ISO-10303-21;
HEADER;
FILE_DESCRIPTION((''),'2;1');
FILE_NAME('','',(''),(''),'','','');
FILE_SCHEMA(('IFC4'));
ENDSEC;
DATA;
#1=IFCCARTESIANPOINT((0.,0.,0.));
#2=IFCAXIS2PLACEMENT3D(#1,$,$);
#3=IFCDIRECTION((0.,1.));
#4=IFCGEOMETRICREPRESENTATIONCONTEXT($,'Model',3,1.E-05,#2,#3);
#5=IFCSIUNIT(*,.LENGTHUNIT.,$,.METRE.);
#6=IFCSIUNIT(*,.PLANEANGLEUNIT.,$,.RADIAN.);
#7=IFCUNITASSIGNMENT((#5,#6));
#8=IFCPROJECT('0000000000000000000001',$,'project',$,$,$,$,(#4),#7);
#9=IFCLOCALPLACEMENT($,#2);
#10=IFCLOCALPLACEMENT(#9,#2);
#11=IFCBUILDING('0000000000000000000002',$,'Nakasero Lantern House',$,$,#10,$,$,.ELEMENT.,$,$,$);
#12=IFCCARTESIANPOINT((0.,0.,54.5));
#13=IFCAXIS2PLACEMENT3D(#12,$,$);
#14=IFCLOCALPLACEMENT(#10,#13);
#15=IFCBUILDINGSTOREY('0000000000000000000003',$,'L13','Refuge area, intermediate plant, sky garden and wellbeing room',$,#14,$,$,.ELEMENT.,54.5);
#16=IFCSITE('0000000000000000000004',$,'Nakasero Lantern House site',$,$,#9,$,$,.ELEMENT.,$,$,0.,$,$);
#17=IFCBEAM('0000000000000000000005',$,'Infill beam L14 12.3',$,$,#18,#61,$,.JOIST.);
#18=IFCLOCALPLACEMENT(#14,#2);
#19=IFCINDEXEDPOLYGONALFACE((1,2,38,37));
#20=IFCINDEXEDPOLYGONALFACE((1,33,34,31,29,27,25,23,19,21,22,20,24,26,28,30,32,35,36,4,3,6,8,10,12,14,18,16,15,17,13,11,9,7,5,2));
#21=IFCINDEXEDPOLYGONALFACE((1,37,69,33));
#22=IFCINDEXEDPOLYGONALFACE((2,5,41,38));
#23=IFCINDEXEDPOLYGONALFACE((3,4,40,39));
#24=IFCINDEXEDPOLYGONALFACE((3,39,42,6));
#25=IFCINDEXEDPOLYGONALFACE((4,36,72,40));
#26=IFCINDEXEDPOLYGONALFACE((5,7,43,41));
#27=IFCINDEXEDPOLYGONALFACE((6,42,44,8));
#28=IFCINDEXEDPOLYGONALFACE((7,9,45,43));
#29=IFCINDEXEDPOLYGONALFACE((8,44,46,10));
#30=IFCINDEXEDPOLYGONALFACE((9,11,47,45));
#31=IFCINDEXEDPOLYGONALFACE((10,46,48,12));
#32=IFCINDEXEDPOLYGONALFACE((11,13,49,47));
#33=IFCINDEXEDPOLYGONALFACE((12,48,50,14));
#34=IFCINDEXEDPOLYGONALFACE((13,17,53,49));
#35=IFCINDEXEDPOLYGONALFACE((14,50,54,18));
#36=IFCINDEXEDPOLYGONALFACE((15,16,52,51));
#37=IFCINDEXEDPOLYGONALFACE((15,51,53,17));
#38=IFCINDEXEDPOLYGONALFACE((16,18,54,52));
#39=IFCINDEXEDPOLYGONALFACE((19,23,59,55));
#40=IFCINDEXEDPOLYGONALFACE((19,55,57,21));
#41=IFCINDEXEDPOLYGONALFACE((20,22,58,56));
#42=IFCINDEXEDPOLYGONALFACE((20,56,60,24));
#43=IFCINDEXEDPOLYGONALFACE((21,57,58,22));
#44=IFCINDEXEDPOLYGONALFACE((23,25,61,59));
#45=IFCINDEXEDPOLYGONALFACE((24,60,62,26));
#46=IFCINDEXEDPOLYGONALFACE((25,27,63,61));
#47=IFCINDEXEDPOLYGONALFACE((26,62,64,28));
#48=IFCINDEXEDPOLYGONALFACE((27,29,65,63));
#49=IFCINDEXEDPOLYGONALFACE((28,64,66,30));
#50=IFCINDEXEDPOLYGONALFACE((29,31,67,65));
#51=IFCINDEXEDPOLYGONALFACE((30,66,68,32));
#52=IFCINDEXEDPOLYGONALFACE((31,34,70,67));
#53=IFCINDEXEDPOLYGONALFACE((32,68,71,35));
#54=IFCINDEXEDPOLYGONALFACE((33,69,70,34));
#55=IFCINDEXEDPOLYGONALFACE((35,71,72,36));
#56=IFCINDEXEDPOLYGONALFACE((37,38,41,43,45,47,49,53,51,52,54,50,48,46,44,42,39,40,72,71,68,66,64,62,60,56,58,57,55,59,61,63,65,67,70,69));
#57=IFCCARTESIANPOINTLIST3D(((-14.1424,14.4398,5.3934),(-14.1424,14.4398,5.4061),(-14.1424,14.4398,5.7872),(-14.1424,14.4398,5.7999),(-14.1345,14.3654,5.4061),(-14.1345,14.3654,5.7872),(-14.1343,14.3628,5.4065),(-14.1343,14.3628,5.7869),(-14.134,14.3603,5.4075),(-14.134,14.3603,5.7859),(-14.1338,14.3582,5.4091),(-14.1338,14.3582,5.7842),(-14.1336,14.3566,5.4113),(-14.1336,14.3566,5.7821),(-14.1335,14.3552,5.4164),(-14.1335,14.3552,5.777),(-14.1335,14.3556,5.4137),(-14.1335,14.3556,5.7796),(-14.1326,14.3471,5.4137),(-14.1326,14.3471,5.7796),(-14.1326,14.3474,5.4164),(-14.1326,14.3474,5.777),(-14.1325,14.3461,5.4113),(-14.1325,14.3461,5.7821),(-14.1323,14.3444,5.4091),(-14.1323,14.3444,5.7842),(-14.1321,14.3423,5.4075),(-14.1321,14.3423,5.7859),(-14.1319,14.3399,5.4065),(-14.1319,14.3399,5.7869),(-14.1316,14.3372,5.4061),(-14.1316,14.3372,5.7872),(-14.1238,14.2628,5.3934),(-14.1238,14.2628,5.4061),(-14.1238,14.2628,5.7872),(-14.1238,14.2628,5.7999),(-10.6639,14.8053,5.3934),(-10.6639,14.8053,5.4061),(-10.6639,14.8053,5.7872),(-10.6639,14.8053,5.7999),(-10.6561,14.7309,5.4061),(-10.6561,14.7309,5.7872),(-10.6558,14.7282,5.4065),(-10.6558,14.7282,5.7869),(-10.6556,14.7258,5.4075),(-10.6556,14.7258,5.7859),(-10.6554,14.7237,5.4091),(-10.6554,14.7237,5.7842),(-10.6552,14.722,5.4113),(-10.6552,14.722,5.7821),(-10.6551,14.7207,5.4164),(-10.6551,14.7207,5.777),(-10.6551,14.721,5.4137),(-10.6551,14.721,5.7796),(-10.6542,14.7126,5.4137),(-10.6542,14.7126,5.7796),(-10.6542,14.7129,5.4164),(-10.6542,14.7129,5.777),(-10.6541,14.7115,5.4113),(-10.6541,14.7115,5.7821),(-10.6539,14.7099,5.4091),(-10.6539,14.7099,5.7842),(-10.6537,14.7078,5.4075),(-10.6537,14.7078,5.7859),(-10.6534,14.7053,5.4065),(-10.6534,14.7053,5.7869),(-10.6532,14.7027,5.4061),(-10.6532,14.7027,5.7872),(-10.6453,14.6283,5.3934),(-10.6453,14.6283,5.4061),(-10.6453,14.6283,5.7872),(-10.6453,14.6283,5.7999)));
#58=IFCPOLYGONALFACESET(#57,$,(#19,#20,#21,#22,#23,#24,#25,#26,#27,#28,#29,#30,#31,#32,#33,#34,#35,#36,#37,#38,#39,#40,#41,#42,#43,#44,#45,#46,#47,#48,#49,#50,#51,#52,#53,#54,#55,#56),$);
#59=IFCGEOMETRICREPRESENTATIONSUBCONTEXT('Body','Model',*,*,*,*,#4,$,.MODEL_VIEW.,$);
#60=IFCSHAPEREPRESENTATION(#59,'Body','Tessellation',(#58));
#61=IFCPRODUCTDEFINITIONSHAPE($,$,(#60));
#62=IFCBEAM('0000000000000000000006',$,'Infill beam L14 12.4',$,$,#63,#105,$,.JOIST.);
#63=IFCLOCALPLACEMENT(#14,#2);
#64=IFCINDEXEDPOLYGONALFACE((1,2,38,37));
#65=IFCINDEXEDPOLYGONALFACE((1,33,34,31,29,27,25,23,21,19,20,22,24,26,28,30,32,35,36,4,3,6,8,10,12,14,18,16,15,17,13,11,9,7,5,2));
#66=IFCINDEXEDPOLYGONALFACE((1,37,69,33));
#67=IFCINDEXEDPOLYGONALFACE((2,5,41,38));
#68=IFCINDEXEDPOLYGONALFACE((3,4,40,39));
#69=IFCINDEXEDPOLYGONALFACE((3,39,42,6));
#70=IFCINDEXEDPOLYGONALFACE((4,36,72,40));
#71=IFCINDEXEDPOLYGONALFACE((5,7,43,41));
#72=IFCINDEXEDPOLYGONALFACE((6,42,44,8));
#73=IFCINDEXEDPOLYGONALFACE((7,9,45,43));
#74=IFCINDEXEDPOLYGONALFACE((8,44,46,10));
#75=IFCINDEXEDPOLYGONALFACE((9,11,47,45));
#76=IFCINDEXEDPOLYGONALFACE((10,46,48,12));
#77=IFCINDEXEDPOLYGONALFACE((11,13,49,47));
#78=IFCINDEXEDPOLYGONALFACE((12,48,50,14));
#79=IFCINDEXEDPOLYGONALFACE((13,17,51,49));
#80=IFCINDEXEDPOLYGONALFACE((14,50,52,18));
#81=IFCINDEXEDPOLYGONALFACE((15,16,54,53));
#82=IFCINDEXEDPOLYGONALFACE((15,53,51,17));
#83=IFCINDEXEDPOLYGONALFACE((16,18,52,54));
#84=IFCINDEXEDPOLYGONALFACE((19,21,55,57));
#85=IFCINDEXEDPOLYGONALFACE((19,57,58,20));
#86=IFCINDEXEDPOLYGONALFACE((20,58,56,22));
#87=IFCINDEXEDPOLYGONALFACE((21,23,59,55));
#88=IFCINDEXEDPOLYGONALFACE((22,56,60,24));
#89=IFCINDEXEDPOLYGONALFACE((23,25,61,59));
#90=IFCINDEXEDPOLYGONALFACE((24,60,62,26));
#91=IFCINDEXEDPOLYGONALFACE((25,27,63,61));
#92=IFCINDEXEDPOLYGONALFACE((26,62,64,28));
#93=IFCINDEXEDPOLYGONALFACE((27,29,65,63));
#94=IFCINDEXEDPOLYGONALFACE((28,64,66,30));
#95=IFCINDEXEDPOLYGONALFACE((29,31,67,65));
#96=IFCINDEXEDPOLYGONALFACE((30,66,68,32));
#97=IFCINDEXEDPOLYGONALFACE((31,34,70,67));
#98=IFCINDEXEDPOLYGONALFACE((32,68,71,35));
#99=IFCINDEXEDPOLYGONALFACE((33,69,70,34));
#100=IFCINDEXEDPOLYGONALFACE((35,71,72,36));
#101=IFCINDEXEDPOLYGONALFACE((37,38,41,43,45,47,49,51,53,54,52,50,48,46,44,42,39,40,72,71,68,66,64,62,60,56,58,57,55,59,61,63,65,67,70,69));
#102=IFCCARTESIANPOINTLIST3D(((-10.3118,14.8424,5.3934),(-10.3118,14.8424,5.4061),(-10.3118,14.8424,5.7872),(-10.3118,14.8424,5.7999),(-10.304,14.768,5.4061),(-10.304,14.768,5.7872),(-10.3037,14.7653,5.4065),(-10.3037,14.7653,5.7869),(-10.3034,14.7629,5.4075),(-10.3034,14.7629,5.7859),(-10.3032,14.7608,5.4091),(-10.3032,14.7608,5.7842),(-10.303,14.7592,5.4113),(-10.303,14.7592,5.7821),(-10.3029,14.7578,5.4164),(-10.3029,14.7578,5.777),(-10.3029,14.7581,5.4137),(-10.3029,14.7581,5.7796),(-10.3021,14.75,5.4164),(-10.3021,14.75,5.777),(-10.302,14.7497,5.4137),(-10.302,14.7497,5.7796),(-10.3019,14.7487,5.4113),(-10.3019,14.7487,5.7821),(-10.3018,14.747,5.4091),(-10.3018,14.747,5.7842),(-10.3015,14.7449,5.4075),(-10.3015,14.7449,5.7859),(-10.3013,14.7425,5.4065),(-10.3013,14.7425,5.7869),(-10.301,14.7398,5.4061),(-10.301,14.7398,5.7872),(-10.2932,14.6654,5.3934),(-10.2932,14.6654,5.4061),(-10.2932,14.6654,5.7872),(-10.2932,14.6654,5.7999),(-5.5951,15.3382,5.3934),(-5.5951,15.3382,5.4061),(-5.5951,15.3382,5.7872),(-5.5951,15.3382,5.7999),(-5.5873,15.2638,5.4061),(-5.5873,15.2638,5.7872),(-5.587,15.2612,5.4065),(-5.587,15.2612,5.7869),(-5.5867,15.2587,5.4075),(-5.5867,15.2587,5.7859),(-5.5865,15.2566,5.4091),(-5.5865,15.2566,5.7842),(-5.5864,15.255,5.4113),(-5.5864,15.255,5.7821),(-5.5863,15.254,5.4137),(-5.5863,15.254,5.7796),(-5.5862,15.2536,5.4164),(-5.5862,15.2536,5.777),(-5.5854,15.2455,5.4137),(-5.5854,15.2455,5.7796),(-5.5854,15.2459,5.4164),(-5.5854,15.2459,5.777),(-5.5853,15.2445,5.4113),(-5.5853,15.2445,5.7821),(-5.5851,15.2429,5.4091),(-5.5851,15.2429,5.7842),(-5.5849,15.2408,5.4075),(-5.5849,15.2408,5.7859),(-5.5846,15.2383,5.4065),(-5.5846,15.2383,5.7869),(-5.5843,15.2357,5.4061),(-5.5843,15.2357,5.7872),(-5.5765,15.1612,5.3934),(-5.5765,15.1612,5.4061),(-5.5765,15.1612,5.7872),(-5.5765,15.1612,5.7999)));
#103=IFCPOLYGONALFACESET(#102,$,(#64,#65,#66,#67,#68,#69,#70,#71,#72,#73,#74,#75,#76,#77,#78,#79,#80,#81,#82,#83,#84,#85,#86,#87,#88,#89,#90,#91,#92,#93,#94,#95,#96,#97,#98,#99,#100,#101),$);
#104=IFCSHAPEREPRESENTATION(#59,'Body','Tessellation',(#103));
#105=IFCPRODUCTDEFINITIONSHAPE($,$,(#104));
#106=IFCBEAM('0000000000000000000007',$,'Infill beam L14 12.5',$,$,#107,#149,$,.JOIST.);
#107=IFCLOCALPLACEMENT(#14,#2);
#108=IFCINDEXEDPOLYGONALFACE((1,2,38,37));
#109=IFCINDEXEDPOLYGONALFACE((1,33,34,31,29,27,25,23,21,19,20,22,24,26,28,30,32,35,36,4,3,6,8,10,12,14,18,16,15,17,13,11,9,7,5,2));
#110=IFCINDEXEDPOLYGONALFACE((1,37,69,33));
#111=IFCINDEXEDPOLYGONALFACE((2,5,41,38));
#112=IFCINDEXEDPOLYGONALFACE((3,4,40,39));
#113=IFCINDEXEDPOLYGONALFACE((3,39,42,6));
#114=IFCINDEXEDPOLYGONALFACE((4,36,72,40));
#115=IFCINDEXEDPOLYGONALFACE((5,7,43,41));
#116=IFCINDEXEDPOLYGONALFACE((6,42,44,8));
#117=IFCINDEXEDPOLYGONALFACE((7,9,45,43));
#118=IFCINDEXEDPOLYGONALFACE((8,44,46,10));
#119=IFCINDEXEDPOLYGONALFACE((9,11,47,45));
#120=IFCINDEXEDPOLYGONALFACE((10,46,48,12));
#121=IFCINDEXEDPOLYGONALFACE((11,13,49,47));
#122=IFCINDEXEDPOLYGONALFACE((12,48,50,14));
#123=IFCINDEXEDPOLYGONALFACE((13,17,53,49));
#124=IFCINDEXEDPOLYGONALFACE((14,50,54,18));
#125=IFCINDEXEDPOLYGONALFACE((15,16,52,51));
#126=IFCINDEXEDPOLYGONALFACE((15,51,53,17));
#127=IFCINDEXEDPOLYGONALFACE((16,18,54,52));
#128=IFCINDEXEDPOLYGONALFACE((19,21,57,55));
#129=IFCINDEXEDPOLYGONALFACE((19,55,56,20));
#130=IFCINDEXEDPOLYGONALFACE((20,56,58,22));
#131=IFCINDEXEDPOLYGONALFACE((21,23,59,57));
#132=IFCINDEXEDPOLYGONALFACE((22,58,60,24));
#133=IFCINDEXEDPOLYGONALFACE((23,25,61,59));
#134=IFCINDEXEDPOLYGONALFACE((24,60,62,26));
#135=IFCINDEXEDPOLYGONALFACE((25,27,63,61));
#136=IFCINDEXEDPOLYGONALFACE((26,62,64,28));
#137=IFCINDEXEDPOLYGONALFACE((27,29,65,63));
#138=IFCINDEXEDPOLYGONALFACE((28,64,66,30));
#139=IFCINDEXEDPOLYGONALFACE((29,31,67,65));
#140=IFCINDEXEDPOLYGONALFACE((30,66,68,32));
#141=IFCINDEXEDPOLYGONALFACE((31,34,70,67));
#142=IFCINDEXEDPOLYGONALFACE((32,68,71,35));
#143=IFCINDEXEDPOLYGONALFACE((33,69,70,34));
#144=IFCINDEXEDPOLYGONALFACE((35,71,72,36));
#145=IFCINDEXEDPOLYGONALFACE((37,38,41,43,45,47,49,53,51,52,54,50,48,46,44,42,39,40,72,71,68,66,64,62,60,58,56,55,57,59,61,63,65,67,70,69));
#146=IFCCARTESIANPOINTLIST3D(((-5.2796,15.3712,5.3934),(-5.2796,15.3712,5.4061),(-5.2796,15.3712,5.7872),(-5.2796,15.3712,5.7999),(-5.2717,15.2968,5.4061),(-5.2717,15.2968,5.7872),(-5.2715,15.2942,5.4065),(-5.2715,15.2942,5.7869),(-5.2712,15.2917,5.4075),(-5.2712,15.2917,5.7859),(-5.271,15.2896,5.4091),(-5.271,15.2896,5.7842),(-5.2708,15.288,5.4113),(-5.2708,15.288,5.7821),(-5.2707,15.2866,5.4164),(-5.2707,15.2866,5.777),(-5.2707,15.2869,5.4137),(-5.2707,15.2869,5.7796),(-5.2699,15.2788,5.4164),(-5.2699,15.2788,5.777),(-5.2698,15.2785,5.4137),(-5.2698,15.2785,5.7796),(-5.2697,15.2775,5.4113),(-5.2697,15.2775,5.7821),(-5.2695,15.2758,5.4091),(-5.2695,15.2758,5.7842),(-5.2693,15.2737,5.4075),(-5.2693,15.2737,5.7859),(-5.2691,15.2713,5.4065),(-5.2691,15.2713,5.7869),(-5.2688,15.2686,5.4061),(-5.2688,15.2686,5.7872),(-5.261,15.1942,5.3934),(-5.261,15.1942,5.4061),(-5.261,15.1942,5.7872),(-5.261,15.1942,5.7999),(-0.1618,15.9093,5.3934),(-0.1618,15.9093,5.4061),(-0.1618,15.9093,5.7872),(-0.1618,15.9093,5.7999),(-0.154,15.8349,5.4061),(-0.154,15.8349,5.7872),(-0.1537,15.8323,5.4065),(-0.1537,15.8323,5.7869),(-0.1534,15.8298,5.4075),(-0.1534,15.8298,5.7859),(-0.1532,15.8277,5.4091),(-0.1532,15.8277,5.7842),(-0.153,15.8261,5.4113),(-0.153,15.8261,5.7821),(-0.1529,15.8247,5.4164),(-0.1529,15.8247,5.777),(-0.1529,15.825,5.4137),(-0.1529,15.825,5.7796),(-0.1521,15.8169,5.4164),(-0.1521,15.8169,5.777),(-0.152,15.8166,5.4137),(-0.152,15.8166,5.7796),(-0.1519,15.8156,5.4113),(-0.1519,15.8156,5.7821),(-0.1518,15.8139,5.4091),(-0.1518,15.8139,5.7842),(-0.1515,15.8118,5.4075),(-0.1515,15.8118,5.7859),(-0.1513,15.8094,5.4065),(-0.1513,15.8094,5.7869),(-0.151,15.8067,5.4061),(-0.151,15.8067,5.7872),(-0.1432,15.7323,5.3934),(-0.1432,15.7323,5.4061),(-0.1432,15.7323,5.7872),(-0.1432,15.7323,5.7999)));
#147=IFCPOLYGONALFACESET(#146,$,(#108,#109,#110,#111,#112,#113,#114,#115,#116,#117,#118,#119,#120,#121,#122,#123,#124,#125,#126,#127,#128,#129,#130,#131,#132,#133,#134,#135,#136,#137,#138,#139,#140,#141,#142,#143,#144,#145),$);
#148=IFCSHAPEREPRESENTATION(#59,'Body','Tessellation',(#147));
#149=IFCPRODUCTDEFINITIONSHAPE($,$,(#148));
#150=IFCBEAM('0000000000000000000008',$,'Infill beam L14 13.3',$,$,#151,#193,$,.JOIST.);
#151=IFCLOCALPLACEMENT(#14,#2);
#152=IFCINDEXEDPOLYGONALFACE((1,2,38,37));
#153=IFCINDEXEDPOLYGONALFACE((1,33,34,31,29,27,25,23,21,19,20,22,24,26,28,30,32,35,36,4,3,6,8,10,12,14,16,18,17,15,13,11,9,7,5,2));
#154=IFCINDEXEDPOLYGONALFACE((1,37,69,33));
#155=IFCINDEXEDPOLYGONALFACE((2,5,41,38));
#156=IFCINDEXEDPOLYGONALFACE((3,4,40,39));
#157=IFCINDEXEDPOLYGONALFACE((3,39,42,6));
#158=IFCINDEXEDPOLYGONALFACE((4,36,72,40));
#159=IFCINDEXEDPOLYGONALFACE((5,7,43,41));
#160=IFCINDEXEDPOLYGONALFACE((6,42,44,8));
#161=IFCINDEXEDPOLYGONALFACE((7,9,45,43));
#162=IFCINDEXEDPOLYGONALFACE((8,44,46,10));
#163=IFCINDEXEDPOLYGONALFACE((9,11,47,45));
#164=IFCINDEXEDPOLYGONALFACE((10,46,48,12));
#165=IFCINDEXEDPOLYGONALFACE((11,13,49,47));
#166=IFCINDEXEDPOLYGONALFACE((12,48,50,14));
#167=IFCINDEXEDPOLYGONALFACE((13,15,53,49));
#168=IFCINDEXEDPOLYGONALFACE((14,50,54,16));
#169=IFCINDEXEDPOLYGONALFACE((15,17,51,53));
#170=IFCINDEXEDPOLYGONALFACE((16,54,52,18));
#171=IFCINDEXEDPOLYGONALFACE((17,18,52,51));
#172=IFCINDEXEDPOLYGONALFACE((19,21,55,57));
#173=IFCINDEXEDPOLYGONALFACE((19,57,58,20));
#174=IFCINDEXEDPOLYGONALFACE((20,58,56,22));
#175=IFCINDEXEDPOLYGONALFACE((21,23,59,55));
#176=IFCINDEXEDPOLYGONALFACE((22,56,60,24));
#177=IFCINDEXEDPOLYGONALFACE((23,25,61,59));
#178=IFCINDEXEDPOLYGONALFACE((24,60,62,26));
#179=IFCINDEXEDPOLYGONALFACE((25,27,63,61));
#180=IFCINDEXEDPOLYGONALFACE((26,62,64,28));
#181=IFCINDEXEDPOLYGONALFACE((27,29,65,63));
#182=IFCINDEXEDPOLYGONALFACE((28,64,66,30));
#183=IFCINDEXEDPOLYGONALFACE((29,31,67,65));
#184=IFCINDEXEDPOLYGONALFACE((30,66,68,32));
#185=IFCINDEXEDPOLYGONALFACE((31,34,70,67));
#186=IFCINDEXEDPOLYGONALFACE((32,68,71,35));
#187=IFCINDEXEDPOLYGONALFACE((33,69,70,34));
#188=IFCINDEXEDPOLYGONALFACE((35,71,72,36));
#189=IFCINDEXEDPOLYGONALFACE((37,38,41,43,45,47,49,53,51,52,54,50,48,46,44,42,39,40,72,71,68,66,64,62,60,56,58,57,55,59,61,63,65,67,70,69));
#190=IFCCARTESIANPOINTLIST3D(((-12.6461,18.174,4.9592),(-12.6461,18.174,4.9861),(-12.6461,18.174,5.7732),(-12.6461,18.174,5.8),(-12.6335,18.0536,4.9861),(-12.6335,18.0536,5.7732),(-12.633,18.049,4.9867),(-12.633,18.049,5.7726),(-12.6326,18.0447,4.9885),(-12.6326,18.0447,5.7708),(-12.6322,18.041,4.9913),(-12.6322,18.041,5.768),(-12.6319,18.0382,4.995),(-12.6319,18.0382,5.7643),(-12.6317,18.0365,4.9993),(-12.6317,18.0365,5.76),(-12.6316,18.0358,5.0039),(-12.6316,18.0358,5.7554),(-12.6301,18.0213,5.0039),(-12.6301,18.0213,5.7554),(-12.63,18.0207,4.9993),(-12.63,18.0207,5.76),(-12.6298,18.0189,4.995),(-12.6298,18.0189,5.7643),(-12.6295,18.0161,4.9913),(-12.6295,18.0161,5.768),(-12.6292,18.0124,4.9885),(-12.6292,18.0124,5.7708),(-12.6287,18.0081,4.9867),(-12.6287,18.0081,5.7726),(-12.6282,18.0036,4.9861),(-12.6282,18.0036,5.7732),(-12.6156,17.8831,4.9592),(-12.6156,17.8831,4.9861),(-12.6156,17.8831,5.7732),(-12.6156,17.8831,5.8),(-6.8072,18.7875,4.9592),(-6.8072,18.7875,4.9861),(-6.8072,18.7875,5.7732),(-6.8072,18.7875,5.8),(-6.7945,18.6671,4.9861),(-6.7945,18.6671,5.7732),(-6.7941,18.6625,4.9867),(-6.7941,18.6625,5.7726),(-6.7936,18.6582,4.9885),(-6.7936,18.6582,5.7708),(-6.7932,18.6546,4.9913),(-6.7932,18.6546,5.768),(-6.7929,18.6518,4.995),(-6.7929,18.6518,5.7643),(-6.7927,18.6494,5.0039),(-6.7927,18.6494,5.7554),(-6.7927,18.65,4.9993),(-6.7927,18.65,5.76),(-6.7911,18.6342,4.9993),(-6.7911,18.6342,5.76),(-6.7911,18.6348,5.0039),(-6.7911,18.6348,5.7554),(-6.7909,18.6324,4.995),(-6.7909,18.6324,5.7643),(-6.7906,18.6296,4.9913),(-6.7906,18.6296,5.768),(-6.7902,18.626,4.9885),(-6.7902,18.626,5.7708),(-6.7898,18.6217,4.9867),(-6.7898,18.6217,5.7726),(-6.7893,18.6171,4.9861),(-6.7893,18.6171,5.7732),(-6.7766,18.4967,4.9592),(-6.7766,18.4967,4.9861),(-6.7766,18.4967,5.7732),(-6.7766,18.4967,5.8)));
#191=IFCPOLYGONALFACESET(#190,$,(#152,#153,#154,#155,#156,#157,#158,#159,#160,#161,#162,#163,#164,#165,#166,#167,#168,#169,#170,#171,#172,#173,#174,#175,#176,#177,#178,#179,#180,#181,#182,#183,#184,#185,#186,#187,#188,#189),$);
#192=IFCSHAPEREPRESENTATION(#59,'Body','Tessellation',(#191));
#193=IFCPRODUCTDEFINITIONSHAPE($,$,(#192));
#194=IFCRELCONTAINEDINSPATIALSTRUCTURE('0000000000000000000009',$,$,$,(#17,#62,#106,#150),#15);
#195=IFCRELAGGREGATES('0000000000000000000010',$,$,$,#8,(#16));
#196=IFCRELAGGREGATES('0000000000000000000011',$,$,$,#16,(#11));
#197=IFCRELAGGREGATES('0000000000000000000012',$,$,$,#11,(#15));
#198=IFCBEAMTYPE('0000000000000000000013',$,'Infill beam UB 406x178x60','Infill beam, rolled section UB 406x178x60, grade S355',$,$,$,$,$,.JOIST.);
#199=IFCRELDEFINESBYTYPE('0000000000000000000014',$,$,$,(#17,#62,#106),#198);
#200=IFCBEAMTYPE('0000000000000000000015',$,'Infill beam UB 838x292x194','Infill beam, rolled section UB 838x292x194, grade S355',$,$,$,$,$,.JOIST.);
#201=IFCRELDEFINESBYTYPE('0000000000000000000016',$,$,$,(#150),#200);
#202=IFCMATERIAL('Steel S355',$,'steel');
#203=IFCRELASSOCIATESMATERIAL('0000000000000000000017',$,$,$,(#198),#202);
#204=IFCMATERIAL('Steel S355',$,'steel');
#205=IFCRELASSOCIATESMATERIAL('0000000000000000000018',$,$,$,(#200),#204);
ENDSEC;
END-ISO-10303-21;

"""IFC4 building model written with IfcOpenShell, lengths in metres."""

from ifc_helpers import new_model, si_unit, direction, frame, origin, origin_2d, place, context, subcontext, project, spatial, i_section, extrude, material, material_profile, profile_set, type_object, element, save


model = new_model("IFC4")

# Units and contexts
model_context = context("Model", 3, precision=1e-05, world=origin(), true_north=direction((0.0, 1.0)))
body_context = subcontext(model_context, "Body", "Model", "MODEL_VIEW")
ifc_project = project(units=[si_unit("LENGTHUNIT", "METRE"), si_unit("PLANEANGLEUNIT", "RADIAN")], contexts=[model_context])

# Site, building, storey
site_placement = place(None, origin())
site = spatial("IfcSite", under=ifc_project, at=site_placement, Name="Nakasero Lantern House site", CompositionType="ELEMENT", RefElevation=0.0)
building_placement = place(site_placement, origin())
building = spatial("IfcBuilding", under=site, at=building_placement, Name="Nakasero Lantern House", CompositionType="ELEMENT")
storey_placement = place(building_placement, frame((0.0, 0.0, 54.5)))
storey = spatial("IfcBuildingStorey", under=building, at=storey_placement, Name="L13", Description="Refuge area, intermediate plant, sky garden and wellbeing room", CompositionType="ELEMENT", Elevation=54.5)

# Beams
ifc_material_1 = material(Name="Steel S355", Category="steel")
ifc_material_profile_1 = material_profile(ifc_material_1, i_section(OverallWidth=0.178, OverallDepth=0.4065, WebThickness=0.0078, FlangeThickness=0.0127, FilletRadius=0.0103, at=origin_2d()), Name="UB 406x178x60")
ifc_profile_set_1 = profile_set([ifc_material_profile_1], Name="Steel S355")
beam_type_1 = type_object("IfcBeamType", Name="Infill beam UB 406x178x60", Description="Infill beam, rolled section UB 406x178x60, grade S355", PredefinedType="JOIST", material=ifc_profile_set_1)
beam_1_placement = place(storey_placement, frame((-14.1331, 14.3513, 5.5967), z_axis=(0.994526, 0.104492, 0.0), x_axis=(-0.104492, 0.994526, 0.0)))
element("IfcBeam", 1, at=beam_1_placement, inside=storey, type_object=beam_type_1, Name="Infill beam L14 12.3", PredefinedType="JOIST", context=body_context, shape_type="SweptSolid", body=[
    extrude(i_section(OverallWidth=0.178, OverallDepth=0.4065, WebThickness=0.0078, FlangeThickness=0.0127, FilletRadius=0.0103, at=origin_2d()), origin(), (0.0, 0.0, 1.0), 3.4976),
])
beam_2_placement = place(storey_placement, frame((-10.3025, 14.7539, 5.5967), z_axis=(0.99452, 0.104548, 0.0), x_axis=(-0.104548, 0.99452, 0.0)))
element("IfcBeam", 2, at=beam_2_placement, inside=storey, type_object=beam_type_1, Name="Infill beam L14 12.4", PredefinedType="JOIST", context=body_context, shape_type="SweptSolid", body=[
    extrude(i_section(OverallWidth=0.178, OverallDepth=0.4065, WebThickness=0.0078, FlangeThickness=0.0127, FilletRadius=0.0103, at=origin_2d()), origin(), (0.0, 0.0, 1.0), 4.7427),
])
beam_3_placement = place(storey_placement, frame((-5.2703, 15.2827, 5.5967), z_axis=(0.994518, 0.104566, 0.0), x_axis=(-0.104566, 0.994518, 0.0)))
element("IfcBeam", 3, at=beam_3_placement, inside=storey, type_object=beam_type_1, Name="Infill beam L14 12.5", PredefinedType="JOIST", context=body_context, shape_type="SweptSolid", body=[
    extrude(i_section(OverallWidth=0.178, OverallDepth=0.4065, WebThickness=0.0078, FlangeThickness=0.0127, FilletRadius=0.0103, at=origin_2d()), origin(), (0.0, 0.0, 1.0), 5.146),
])
ifc_material_2 = material(Name="Steel S355", Category="steel")
ifc_material_profile_2 = material_profile(ifc_material_2, i_section(OverallWidth=0.2925, OverallDepth=0.8408, WebThickness=0.0146, FlangeThickness=0.0269, FilletRadius=0.0178, at=origin_2d()), Name="UB 838x292x194")
ifc_profile_set_2 = profile_set([ifc_material_profile_2], Name="Steel S355")
beam_type_2 = type_object("IfcBeamType", Name="Infill beam UB 838x292x194", Description="Infill beam, rolled section UB 838x292x194, grade S355", PredefinedType="JOIST", material=ifc_profile_set_2)
beam_4_placement = place(storey_placement, frame((-12.6309, 18.0286, 5.3796), z_axis=(0.994525, 0.104501, 0.0), x_axis=(-0.104501, 0.994525, 0.0)))
element("IfcBeam", 4, at=beam_4_placement, inside=storey, type_object=beam_type_2, Name="Infill beam L14 13.3", PredefinedType="JOIST", context=body_context, shape_type="SweptSolid", body=[
    extrude(i_section(OverallWidth=0.2925, OverallDepth=0.8408, WebThickness=0.0146, FlangeThickness=0.0269, FilletRadius=0.0178, at=origin_2d()), origin(), (0.0, 0.0, 1.0), 5.8711),
])

save(model, "model.ifc")
